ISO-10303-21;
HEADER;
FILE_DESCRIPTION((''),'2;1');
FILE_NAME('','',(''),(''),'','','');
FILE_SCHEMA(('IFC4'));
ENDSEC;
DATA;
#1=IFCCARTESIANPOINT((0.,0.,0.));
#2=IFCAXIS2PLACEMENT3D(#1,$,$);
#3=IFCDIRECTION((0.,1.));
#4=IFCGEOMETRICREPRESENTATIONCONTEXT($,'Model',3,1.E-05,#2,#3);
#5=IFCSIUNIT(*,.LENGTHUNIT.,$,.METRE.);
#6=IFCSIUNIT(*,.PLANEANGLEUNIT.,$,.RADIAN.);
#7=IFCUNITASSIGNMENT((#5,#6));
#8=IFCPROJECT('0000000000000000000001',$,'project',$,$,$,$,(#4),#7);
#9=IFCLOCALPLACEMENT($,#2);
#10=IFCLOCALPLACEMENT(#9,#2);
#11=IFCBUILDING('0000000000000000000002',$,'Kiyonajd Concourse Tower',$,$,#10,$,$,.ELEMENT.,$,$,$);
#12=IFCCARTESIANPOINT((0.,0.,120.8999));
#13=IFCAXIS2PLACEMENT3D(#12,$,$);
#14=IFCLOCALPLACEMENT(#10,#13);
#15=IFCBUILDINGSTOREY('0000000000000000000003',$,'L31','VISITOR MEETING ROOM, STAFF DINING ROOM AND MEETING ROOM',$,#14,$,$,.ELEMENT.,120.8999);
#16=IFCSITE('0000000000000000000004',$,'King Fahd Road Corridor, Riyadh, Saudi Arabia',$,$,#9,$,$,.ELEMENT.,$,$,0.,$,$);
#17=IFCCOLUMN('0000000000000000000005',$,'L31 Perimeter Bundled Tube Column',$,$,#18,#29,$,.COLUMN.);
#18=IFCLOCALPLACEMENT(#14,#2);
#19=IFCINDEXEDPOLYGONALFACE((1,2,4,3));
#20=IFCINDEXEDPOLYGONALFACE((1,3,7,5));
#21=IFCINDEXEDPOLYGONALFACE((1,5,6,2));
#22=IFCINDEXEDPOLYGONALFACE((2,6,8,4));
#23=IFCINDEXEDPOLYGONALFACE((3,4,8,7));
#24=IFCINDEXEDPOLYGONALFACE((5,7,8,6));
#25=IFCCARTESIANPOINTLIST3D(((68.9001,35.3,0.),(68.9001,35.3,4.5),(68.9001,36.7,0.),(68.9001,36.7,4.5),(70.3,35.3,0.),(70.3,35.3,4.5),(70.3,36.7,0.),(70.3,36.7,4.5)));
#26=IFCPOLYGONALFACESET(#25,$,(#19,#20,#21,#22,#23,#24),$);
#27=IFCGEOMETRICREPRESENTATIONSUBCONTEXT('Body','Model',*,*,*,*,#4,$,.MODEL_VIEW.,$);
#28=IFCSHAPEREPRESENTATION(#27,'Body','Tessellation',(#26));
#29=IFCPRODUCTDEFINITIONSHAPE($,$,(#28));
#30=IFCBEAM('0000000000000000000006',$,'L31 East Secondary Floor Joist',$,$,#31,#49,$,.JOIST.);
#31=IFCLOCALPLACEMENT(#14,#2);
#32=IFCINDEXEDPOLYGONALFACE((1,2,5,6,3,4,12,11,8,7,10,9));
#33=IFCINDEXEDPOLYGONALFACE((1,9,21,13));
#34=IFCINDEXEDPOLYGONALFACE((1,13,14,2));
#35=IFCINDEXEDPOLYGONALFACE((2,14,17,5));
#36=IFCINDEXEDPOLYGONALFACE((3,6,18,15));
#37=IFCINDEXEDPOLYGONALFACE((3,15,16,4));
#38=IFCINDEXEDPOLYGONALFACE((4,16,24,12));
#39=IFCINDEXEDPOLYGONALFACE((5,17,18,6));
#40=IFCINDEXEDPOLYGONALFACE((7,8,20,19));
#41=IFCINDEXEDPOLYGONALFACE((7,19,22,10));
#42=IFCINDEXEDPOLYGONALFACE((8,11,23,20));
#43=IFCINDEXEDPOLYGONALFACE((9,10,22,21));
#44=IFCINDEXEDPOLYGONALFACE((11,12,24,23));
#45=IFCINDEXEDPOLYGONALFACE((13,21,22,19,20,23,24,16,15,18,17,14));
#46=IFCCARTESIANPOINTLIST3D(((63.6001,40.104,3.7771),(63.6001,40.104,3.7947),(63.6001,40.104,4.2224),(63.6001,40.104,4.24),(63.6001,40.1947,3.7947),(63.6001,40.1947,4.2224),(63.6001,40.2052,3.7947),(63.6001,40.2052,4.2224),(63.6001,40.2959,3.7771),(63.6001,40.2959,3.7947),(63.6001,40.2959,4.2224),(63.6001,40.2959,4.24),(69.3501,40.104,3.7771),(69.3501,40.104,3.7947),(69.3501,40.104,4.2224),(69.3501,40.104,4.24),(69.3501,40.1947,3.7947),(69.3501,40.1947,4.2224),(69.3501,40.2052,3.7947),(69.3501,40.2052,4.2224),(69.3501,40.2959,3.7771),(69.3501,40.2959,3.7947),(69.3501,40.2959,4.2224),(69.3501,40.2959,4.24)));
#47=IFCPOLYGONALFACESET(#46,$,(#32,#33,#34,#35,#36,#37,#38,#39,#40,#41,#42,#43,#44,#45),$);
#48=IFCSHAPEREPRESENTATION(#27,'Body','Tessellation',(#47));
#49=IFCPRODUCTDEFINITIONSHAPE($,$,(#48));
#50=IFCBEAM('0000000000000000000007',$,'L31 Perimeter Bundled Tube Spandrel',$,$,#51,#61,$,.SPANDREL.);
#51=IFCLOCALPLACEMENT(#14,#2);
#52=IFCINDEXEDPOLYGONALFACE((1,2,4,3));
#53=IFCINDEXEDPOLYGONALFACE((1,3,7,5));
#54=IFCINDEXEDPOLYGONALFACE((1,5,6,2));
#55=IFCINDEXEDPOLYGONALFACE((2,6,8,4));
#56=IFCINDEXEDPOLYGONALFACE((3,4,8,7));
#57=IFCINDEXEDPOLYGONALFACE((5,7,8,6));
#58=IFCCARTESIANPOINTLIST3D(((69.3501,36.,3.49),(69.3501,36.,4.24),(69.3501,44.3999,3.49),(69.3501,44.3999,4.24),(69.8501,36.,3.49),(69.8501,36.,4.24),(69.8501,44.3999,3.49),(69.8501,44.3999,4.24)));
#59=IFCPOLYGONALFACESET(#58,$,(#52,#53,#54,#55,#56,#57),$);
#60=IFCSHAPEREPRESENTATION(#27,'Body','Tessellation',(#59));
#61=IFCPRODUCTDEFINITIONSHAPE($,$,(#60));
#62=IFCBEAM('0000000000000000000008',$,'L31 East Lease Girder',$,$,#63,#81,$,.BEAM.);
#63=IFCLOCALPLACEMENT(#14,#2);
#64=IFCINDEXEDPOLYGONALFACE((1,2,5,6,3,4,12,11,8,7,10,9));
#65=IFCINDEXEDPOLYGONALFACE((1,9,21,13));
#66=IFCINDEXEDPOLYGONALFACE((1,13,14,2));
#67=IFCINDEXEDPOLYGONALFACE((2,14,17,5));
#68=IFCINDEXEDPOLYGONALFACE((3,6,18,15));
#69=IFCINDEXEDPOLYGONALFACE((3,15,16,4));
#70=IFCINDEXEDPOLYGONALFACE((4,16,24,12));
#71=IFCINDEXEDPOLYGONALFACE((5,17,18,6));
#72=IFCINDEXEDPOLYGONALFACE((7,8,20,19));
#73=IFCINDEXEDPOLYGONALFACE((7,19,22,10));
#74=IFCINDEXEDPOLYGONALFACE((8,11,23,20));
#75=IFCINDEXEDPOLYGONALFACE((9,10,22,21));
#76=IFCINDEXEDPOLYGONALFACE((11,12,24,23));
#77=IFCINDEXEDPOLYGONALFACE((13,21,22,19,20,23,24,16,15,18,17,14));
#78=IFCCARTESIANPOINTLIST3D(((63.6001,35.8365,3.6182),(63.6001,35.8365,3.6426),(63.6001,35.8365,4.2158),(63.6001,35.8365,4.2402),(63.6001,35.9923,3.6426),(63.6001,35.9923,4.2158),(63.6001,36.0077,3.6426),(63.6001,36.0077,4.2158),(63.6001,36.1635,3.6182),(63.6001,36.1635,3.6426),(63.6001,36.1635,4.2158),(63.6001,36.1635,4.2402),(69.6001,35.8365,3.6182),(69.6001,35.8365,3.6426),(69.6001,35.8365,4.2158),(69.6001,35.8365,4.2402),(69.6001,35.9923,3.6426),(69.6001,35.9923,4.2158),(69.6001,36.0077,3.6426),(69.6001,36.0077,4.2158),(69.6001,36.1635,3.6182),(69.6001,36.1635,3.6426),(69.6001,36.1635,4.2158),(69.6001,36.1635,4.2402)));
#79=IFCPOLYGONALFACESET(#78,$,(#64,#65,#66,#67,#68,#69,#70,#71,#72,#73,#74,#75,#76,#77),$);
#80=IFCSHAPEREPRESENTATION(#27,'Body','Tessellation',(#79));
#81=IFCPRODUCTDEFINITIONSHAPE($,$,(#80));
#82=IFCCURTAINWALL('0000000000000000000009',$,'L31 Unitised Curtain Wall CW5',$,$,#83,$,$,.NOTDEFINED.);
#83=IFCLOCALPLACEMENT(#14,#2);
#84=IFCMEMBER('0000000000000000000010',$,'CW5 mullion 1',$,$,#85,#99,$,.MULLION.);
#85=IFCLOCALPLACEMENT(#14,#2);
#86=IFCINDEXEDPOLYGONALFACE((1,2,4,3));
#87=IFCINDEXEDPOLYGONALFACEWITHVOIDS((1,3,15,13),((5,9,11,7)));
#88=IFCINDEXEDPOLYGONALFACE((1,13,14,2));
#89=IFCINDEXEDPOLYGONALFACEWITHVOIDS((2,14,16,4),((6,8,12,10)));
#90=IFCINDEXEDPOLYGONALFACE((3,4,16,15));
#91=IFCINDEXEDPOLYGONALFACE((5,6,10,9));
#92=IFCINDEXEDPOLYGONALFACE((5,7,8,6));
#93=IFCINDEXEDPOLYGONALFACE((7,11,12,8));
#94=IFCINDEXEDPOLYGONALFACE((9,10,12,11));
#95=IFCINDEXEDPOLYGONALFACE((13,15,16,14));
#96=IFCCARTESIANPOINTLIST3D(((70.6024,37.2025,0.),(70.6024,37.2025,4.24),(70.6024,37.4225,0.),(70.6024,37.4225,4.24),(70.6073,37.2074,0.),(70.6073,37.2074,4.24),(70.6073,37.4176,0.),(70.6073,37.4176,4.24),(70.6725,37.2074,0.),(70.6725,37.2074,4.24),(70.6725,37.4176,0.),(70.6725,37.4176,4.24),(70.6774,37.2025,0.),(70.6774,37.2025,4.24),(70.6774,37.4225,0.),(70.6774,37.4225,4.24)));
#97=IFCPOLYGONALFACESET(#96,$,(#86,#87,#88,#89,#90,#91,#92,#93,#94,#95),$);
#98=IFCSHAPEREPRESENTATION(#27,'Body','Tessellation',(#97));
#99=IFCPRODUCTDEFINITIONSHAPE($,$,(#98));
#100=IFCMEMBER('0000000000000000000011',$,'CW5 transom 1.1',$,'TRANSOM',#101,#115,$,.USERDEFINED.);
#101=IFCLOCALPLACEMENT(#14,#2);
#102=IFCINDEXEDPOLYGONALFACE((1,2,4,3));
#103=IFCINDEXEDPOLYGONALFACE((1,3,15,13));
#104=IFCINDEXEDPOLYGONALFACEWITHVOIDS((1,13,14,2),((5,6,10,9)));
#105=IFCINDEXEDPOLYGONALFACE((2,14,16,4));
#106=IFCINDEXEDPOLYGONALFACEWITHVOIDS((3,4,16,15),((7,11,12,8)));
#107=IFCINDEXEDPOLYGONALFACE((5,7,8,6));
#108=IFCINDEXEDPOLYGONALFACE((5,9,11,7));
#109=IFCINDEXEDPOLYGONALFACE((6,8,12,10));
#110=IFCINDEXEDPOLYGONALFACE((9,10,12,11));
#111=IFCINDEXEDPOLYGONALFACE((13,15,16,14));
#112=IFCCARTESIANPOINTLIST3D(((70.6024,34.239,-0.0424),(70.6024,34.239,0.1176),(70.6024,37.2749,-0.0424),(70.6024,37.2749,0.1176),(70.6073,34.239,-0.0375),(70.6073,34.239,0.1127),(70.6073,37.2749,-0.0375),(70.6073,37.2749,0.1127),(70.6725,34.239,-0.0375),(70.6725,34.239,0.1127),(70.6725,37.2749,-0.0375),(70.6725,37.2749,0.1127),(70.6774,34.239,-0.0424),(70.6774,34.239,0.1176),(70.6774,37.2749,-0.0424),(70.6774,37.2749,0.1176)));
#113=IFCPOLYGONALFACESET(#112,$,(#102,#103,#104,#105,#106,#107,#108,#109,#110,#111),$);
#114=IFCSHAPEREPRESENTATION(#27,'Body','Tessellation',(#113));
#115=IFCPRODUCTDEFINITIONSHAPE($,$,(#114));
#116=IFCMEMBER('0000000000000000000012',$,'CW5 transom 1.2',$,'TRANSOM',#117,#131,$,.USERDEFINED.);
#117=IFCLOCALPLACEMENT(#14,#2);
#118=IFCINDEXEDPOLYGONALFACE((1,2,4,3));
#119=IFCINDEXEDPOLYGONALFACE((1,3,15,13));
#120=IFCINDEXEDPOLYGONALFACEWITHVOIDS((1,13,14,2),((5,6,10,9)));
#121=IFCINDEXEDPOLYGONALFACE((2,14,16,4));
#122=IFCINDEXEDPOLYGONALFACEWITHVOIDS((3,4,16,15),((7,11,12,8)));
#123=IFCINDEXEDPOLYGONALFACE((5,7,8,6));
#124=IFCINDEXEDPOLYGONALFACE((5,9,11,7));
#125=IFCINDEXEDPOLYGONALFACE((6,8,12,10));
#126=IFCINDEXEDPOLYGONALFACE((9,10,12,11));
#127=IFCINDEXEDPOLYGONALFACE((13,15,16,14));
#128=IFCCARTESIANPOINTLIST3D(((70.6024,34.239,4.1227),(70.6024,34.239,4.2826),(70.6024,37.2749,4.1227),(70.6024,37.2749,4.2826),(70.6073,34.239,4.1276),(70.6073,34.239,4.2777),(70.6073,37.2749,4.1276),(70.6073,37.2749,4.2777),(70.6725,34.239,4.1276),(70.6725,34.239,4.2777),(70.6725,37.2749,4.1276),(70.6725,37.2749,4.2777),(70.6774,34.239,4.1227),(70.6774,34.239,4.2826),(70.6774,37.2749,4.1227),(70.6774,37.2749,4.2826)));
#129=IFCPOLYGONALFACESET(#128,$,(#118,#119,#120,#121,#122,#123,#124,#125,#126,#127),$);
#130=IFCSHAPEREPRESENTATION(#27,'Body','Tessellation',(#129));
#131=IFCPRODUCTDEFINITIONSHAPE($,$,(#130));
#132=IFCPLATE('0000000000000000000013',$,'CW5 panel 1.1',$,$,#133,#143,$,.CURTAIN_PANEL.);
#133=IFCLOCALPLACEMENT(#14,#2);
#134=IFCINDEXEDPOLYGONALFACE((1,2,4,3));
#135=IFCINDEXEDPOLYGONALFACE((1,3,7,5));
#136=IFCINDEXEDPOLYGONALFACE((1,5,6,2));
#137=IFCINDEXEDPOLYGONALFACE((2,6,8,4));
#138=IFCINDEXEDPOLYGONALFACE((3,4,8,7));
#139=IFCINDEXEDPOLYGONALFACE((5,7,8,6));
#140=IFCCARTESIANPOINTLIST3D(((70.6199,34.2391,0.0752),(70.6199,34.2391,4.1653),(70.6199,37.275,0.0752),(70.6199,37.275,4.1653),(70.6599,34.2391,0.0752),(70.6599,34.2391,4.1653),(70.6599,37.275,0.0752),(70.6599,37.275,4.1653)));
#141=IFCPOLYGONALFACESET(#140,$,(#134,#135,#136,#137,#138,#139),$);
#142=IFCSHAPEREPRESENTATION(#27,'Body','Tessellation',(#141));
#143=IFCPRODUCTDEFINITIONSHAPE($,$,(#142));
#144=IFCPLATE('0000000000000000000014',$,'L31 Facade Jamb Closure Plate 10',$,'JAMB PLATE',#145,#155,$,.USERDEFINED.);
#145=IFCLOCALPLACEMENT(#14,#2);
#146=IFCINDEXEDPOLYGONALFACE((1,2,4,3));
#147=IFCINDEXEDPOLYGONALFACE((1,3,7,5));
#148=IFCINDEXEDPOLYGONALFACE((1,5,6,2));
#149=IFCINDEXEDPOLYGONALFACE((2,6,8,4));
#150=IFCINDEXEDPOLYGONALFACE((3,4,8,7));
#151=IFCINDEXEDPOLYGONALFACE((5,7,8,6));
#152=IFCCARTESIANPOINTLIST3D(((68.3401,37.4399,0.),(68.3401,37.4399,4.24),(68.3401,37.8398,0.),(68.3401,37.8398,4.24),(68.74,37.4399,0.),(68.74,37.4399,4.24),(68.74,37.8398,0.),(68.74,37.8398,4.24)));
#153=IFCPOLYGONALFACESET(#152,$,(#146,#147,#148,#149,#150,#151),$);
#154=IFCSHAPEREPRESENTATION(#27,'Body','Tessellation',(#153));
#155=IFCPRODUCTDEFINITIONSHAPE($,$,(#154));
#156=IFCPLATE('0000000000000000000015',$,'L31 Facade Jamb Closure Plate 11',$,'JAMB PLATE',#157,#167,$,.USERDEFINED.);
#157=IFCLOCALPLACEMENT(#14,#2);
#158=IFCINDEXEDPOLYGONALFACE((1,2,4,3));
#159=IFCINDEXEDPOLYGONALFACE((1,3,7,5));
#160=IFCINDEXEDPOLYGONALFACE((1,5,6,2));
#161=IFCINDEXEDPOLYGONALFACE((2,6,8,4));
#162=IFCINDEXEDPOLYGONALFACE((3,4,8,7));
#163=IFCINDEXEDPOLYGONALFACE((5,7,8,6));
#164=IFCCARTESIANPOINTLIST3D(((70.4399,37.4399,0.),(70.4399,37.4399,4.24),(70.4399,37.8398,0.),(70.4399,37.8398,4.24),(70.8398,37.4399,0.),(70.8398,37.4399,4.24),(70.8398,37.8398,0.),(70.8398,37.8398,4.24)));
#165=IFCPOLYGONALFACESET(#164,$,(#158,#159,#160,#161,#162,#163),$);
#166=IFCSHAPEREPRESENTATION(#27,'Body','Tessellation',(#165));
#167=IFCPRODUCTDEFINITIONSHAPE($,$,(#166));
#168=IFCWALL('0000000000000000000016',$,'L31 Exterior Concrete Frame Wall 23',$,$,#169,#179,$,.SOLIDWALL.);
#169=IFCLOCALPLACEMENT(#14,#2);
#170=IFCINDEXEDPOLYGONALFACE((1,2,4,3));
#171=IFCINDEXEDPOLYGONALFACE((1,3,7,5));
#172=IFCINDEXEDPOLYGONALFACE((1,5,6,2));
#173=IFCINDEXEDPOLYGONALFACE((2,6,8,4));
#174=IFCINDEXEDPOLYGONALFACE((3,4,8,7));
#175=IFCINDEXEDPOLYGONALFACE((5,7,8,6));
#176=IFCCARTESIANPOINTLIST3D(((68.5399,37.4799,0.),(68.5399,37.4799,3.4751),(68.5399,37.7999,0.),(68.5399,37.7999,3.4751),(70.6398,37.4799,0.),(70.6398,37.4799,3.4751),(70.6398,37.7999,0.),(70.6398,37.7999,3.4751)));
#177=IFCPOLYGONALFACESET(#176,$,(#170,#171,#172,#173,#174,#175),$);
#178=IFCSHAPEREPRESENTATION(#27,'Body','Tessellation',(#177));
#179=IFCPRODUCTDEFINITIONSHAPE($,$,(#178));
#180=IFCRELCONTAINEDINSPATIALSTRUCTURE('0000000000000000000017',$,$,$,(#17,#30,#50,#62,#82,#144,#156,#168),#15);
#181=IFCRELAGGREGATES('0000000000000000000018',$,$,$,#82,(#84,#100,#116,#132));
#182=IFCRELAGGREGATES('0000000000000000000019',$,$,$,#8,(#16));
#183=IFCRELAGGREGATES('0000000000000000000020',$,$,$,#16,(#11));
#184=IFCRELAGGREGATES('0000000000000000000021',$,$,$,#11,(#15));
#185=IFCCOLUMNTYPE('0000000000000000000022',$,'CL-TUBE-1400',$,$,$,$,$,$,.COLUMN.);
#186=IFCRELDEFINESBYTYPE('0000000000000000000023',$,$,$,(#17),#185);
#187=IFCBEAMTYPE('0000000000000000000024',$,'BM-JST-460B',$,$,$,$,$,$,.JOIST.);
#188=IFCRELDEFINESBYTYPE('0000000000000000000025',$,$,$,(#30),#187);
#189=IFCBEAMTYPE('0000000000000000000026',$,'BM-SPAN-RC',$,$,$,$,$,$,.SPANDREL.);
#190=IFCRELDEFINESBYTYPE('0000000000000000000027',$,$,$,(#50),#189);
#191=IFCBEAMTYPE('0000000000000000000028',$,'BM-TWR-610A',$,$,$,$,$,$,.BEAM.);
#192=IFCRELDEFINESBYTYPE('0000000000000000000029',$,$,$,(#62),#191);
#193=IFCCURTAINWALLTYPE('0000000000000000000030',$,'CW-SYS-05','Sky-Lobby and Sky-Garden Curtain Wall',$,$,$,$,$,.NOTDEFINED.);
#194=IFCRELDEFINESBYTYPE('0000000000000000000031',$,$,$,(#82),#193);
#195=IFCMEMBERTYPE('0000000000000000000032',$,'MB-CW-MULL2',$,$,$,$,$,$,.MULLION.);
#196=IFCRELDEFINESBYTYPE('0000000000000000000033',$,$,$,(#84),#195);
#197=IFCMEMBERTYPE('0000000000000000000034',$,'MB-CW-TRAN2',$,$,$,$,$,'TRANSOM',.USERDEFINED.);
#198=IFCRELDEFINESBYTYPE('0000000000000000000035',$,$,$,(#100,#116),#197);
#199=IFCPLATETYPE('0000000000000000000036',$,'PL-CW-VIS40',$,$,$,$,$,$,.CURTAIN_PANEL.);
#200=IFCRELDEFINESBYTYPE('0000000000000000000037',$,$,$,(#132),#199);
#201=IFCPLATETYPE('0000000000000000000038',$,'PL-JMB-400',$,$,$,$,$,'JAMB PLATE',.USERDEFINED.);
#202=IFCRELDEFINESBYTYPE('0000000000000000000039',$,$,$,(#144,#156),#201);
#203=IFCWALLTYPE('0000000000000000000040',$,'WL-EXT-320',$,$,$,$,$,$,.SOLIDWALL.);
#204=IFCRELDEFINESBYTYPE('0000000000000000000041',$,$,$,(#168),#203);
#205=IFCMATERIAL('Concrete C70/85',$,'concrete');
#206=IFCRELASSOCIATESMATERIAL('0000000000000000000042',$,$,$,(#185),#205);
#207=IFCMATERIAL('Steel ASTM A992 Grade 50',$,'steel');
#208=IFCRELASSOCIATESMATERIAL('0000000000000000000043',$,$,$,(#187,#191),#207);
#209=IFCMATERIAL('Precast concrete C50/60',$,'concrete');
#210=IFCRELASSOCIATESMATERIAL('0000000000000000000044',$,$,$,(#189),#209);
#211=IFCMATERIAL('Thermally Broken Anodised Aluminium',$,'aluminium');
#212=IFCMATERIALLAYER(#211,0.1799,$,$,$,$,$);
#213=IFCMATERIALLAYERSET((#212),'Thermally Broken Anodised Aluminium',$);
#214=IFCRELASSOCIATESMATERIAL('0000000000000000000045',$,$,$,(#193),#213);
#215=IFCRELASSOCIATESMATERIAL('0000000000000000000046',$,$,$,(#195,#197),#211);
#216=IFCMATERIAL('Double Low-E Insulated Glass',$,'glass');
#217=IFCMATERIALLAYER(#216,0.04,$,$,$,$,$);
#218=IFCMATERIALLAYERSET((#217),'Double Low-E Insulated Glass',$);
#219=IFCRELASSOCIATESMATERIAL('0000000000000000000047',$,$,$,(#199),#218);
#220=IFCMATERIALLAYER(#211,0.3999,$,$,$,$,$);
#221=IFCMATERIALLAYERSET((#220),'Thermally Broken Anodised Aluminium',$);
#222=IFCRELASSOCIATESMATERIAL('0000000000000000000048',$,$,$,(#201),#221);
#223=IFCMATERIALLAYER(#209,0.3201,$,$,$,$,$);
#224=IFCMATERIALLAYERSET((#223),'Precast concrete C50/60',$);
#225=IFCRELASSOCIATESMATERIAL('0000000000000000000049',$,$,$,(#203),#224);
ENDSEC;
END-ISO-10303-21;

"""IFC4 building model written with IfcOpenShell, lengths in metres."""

from ifc_helpers import new_model, si_unit, direction, frame, frame_2d, origin, origin_2d, place, context, subcontext, project, spatial, rectangle, hollow_rectangle, i_section, extrude, material, layer, layer_set, material_profile, profile_set, type_object, element, aggregate, save


model = new_model("IFC4")

# Units and contexts
model_context = context("Model", 3, precision=1e-05, world=origin(), true_north=direction((0.0, 1.0)))
body_context = subcontext(model_context, "Body", "Model", "MODEL_VIEW")
ifc_project = project(units=[si_unit("LENGTHUNIT", "METRE"), si_unit("PLANEANGLEUNIT", "RADIAN")], contexts=[model_context])

# Site, building, storey
site_placement = place(None, origin())
site = spatial("IfcSite", under=ifc_project, at=site_placement, Name="King Fahd Road Corridor, Riyadh, Saudi Arabia", CompositionType="ELEMENT", RefElevation=0.0)
building_placement = place(site_placement, origin())
building = spatial("IfcBuilding", under=site, at=building_placement, Name="Kiyonajd Concourse Tower", CompositionType="ELEMENT")
storey_placement = place(building_placement, frame((0.0, 0.0, 120.8999)))
storey = spatial("IfcBuildingStorey", under=building, at=storey_placement, Name="L31", Description="VISITOR MEETING ROOM, STAFF DINING ROOM AND MEETING ROOM", CompositionType="ELEMENT", Elevation=120.8999)

# Column
ifc_material_1 = material(Name="Concrete C70/85", Category="concrete")
ifc_material_profile_1 = material_profile(ifc_material_1, rectangle(XDim=1.3999, YDim=1.3999, at=origin_2d()), Name="RC-1400x1400")
ifc_profile_set_1 = profile_set([ifc_material_profile_1], Name="Concrete C70/85")
column_type = type_object("IfcColumnType", Name="CL-TUBE-1400", PredefinedType="COLUMN", material=ifc_profile_set_1)
column_placement = place(storey_placement, frame((69.6001, 36.0, 0.0), z_axis=(0.0, 0.0, 1.0), x_axis=(1.0, 0.0, 0.0)))
element("IfcColumn", 1, at=column_placement, inside=storey, type_object=column_type, Name="L31 Perimeter Bundled Tube Column", PredefinedType="COLUMN", context=body_context, shape_type="SweptSolid", body=[
    extrude(rectangle(XDim=1.3999, YDim=1.3999, at=origin_2d()), origin(), (0.0, 0.0, 1.0), 4.5),
])

# Beams
ifc_material_2 = material(Name="Steel ASTM A992 Grade 50", Category="steel")
ifc_material_profile_2 = material_profile(ifc_material_2, i_section(OverallWidth=0.1919, OverallDepth=0.4629, WebThickness=0.0105, FlangeThickness=0.0176, at=origin_2d()), Name="W460X89")
ifc_profile_set_2 = profile_set([ifc_material_profile_2], Name="Steel ASTM A992 Grade 50")
beam_type_1 = type_object("IfcBeamType", Name="BM-JST-460B", PredefinedType="JOIST", material=ifc_profile_set_2)
beam_1_placement = place(storey_placement, frame((63.6001, 40.2, 4.0085), z_axis=(1.0, 0.0, 0.0), x_axis=(0.0, 1.0, 0.0)))
element("IfcBeam", 2, at=beam_1_placement, inside=storey, type_object=beam_type_1, Name="L31 East Secondary Floor Joist", PredefinedType="JOIST", context=body_context, shape_type="SweptSolid", body=[
    extrude(i_section(OverallWidth=0.1919, OverallDepth=0.4629, WebThickness=0.0105, FlangeThickness=0.0176, at=origin_2d()), origin(), (0.0, 0.0, 1.0), 5.75),
])
ifc_material_3 = material(Name="Precast concrete C50/60", Category="concrete")
ifc_material_profile_3 = material_profile(ifc_material_3, rectangle(XDim=0.5, YDim=0.75, at=origin_2d()), Name="RCBM-500x750")
ifc_profile_set_3 = profile_set([ifc_material_profile_3], Name="Precast concrete C50/60")
beam_type_2 = type_object("IfcBeamType", Name="BM-SPAN-RC", PredefinedType="SPANDREL", material=ifc_profile_set_3)
beam_2_placement = place(storey_placement, frame((69.6001, 36.0, 3.865), z_axis=(0.0, 1.0, 0.0), x_axis=(-1.0, 0.0, 0.0)))
element("IfcBeam", 3, at=beam_2_placement, inside=storey, type_object=beam_type_2, Name="L31 Perimeter Bundled Tube Spandrel", PredefinedType="SPANDREL", context=body_context, shape_type="SweptSolid", body=[
    extrude(rectangle(XDim=0.5, YDim=0.75, at=origin_2d()), origin(), (0.0, 0.0, 1.0), 8.3999),
])
ifc_material_profile_4 = material_profile(ifc_material_2, i_section(OverallWidth=0.3269, OverallDepth=0.6221, WebThickness=0.0154, FlangeThickness=0.0244, at=origin_2d()), Name="W610X195")
ifc_profile_set_4 = profile_set([ifc_material_profile_4], Name="Steel ASTM A992 Grade 50")
beam_type_3 = type_object("IfcBeamType", Name="BM-TWR-610A", PredefinedType="BEAM", material=ifc_profile_set_4)
beam_3_placement = place(storey_placement, frame((63.6001, 36.0, 3.9292), z_axis=(1.0, 0.0, 0.0), x_axis=(0.0, 1.0, 0.0)))
element("IfcBeam", 4, at=beam_3_placement, inside=storey, type_object=beam_type_3, Name="L31 East Lease Girder", PredefinedType="BEAM", context=body_context, shape_type="SweptSolid", body=[
    extrude(i_section(OverallWidth=0.3269, OverallDepth=0.6221, WebThickness=0.0154, FlangeThickness=0.0244, at=origin_2d()), origin(), (0.0, 0.0, 1.0), 6.0),
])

# Curtain wall, members, plate
ifc_material_4 = material(Name="Thermally Broken Anodised Aluminium", Category="aluminium")
ifc_layer_1 = layer(ifc_material_4, 0.1799)
ifc_layer_set_1 = layer_set([ifc_layer_1], Name="Thermally Broken Anodised Aluminium")
curtain_wall_type = type_object("IfcCurtainWallType", Name="CW-SYS-05", Description="Sky-Lobby and Sky-Garden Curtain Wall", PredefinedType="NOTDEFINED", material=ifc_layer_set_1)
curtain_wall_placement = place(storey_placement, origin())
curtain_wall = element("IfcCurtainWall", 5, at=curtain_wall_placement, inside=storey, type_object=curtain_wall_type, Name="L31 Unitised Curtain Wall CW5", PredefinedType="NOTDEFINED")
ifc_material_profile_5 = material_profile(ifc_material_4, hollow_rectangle(XDim=0.075, YDim=0.22, WallThickness=0.0049, at=origin_2d()), Name="MULL-75x220")
ifc_profile_set_5 = profile_set([ifc_material_profile_5], Name="Thermally Broken Anodised Aluminium")
member_type_1 = type_object("IfcMemberType", Name="MB-CW-MULL2", PredefinedType="MULLION", material=ifc_profile_set_5)
member_1_placement = place(storey_placement, frame((70.6399, 37.3125, 0.0), z_axis=(0.0, 0.0, 1.0), x_axis=(1.0, 0.0, 0.0)))
member_1 = element("IfcMember", 6, at=member_1_placement, type_object=member_type_1, Name="CW5 mullion 1", PredefinedType="MULLION", context=body_context, shape_type="SweptSolid", body=[
    extrude(hollow_rectangle(XDim=0.075, YDim=0.22, WallThickness=0.0049, at=origin_2d()), origin(), (0.0, 0.0, 1.0), 4.24),
])
ifc_material_profile_6 = material_profile(ifc_material_4, hollow_rectangle(XDim=0.075, YDim=0.1599, WallThickness=0.0049, at=origin_2d()), Name="TRAN-75x160")
ifc_profile_set_6 = profile_set([ifc_material_profile_6], Name="Thermally Broken Anodised Aluminium")
member_type_2 = type_object("IfcMemberType", Name="MB-CW-TRAN2", ElementType="TRANSOM", PredefinedType="USERDEFINED", material=ifc_profile_set_6)
member_2_placement = place(storey_placement, frame((70.6399, 37.2749, 0.0376), z_axis=(0.0, -1.0, 0.0), x_axis=(1.0, 0.0, 0.0)))
member_2 = element("IfcMember", 7, at=member_2_placement, type_object=member_type_2, Name="CW5 transom 1.1", ObjectType="TRANSOM", PredefinedType="USERDEFINED", context=body_context, shape_type="SweptSolid", body=[
    extrude(hollow_rectangle(XDim=0.075, YDim=0.1599, WallThickness=0.0049, at=origin_2d()), origin(), (0.0, 0.0, 1.0), 3.0359),
])
member_3_placement = place(storey_placement, frame((70.6399, 37.2749, 4.2026), z_axis=(0.0, -1.0, 0.0), x_axis=(1.0, 0.0, 0.0)))
member_3 = element("IfcMember", 8, at=member_3_placement, type_object=member_type_2, Name="CW5 transom 1.2", ObjectType="TRANSOM", PredefinedType="USERDEFINED", context=body_context, shape_type="SweptSolid", body=[
    extrude(hollow_rectangle(XDim=0.075, YDim=0.1599, WallThickness=0.0049, at=origin_2d()), origin(), (0.0, 0.0, 1.0), 3.0359),
])
ifc_material_5 = material(Name="Double Low-E Insulated Glass", Category="glass")
ifc_layer_2 = layer(ifc_material_5, 0.04)
ifc_layer_set_2 = layer_set([ifc_layer_2], Name="Double Low-E Insulated Glass")
plate_type_1 = type_object("IfcPlateType", Name="PL-CW-VIS40", PredefinedType="CURTAIN_PANEL", material=ifc_layer_set_2)
plate_placement = place(storey_placement, frame((70.6399, 35.7571, 0.0752), z_axis=(0.0, 0.0, 1.0), x_axis=(0.0, -1.0, 0.0)))
plate = element("IfcPlate", 9, at=plate_placement, type_object=plate_type_1, Name="CW5 panel 1.1", PredefinedType="CURTAIN_PANEL", context=body_context, shape_type="SweptSolid", body=[
    extrude(rectangle(XDim=3.0359, YDim=0.04, at=origin_2d()), origin(), (0.0, 0.0, 1.0), 4.0901),
])
aggregate(curtain_wall, [member_1, member_2, member_3, plate])

# Plates
ifc_layer_3 = layer(ifc_material_4, 0.3999)
ifc_layer_set_3 = layer_set([ifc_layer_3], Name="Thermally Broken Anodised Aluminium")
plate_type_2 = type_object("IfcPlateType", Name="PL-JMB-400", ElementType="JAMB PLATE", PredefinedType="USERDEFINED", material=ifc_layer_set_3)
for number, where, z_axis, x_axis, name in (
    (10, (68.54, 37.6399, 0.0), (0.0, 0.0, 1.0), (1.0, 0.0, 0.0), "L31 Facade Jamb Closure Plate 10"),
    (11, (70.6399, 37.6399, 0.0), (0.0, 0.0, 1.0), (1.0, 0.0, 0.0), "L31 Facade Jamb Closure Plate 11"),
):
    element("IfcPlate", number, at=place(storey_placement, frame(where, z_axis=z_axis, x_axis=x_axis)), inside=storey, type_object=plate_type_2, Name=name, ObjectType="JAMB PLATE", PredefinedType="USERDEFINED", context=body_context, shape_type="SweptSolid", body=[
        extrude(rectangle(XDim=0.3999, YDim=0.3999, at=origin_2d()), origin(), (0.0, 0.0, 1.0), 4.24),
    ])

# Wall
ifc_layer_4 = layer(ifc_material_3, 0.3201)
ifc_layer_set_4 = layer_set([ifc_layer_4], Name="Precast concrete C50/60")
wall_type_1 = type_object("IfcWallType", Name="WL-EXT-320", PredefinedType="SOLIDWALL", material=ifc_layer_set_4)
wall_1_placement = place(storey_placement, frame((68.54, 37.6399, 0.0), z_axis=(0.0, 0.0, 1.0), x_axis=(1.0, 0.0, 0.0)))
element("IfcWall", 12, at=wall_1_placement, inside=storey, type_object=wall_type_1, Name="L31 Exterior Concrete Frame Wall 23", PredefinedType="SOLIDWALL", context=body_context, shape_type="SweptSolid", body=[
    extrude(rectangle(XDim=2.0999, YDim=0.3201, at=frame_2d((1.0498, 0.0))), origin(), (0.0, 0.0, 1.0), 3.4751),
])

save(model, "model.ifc")
